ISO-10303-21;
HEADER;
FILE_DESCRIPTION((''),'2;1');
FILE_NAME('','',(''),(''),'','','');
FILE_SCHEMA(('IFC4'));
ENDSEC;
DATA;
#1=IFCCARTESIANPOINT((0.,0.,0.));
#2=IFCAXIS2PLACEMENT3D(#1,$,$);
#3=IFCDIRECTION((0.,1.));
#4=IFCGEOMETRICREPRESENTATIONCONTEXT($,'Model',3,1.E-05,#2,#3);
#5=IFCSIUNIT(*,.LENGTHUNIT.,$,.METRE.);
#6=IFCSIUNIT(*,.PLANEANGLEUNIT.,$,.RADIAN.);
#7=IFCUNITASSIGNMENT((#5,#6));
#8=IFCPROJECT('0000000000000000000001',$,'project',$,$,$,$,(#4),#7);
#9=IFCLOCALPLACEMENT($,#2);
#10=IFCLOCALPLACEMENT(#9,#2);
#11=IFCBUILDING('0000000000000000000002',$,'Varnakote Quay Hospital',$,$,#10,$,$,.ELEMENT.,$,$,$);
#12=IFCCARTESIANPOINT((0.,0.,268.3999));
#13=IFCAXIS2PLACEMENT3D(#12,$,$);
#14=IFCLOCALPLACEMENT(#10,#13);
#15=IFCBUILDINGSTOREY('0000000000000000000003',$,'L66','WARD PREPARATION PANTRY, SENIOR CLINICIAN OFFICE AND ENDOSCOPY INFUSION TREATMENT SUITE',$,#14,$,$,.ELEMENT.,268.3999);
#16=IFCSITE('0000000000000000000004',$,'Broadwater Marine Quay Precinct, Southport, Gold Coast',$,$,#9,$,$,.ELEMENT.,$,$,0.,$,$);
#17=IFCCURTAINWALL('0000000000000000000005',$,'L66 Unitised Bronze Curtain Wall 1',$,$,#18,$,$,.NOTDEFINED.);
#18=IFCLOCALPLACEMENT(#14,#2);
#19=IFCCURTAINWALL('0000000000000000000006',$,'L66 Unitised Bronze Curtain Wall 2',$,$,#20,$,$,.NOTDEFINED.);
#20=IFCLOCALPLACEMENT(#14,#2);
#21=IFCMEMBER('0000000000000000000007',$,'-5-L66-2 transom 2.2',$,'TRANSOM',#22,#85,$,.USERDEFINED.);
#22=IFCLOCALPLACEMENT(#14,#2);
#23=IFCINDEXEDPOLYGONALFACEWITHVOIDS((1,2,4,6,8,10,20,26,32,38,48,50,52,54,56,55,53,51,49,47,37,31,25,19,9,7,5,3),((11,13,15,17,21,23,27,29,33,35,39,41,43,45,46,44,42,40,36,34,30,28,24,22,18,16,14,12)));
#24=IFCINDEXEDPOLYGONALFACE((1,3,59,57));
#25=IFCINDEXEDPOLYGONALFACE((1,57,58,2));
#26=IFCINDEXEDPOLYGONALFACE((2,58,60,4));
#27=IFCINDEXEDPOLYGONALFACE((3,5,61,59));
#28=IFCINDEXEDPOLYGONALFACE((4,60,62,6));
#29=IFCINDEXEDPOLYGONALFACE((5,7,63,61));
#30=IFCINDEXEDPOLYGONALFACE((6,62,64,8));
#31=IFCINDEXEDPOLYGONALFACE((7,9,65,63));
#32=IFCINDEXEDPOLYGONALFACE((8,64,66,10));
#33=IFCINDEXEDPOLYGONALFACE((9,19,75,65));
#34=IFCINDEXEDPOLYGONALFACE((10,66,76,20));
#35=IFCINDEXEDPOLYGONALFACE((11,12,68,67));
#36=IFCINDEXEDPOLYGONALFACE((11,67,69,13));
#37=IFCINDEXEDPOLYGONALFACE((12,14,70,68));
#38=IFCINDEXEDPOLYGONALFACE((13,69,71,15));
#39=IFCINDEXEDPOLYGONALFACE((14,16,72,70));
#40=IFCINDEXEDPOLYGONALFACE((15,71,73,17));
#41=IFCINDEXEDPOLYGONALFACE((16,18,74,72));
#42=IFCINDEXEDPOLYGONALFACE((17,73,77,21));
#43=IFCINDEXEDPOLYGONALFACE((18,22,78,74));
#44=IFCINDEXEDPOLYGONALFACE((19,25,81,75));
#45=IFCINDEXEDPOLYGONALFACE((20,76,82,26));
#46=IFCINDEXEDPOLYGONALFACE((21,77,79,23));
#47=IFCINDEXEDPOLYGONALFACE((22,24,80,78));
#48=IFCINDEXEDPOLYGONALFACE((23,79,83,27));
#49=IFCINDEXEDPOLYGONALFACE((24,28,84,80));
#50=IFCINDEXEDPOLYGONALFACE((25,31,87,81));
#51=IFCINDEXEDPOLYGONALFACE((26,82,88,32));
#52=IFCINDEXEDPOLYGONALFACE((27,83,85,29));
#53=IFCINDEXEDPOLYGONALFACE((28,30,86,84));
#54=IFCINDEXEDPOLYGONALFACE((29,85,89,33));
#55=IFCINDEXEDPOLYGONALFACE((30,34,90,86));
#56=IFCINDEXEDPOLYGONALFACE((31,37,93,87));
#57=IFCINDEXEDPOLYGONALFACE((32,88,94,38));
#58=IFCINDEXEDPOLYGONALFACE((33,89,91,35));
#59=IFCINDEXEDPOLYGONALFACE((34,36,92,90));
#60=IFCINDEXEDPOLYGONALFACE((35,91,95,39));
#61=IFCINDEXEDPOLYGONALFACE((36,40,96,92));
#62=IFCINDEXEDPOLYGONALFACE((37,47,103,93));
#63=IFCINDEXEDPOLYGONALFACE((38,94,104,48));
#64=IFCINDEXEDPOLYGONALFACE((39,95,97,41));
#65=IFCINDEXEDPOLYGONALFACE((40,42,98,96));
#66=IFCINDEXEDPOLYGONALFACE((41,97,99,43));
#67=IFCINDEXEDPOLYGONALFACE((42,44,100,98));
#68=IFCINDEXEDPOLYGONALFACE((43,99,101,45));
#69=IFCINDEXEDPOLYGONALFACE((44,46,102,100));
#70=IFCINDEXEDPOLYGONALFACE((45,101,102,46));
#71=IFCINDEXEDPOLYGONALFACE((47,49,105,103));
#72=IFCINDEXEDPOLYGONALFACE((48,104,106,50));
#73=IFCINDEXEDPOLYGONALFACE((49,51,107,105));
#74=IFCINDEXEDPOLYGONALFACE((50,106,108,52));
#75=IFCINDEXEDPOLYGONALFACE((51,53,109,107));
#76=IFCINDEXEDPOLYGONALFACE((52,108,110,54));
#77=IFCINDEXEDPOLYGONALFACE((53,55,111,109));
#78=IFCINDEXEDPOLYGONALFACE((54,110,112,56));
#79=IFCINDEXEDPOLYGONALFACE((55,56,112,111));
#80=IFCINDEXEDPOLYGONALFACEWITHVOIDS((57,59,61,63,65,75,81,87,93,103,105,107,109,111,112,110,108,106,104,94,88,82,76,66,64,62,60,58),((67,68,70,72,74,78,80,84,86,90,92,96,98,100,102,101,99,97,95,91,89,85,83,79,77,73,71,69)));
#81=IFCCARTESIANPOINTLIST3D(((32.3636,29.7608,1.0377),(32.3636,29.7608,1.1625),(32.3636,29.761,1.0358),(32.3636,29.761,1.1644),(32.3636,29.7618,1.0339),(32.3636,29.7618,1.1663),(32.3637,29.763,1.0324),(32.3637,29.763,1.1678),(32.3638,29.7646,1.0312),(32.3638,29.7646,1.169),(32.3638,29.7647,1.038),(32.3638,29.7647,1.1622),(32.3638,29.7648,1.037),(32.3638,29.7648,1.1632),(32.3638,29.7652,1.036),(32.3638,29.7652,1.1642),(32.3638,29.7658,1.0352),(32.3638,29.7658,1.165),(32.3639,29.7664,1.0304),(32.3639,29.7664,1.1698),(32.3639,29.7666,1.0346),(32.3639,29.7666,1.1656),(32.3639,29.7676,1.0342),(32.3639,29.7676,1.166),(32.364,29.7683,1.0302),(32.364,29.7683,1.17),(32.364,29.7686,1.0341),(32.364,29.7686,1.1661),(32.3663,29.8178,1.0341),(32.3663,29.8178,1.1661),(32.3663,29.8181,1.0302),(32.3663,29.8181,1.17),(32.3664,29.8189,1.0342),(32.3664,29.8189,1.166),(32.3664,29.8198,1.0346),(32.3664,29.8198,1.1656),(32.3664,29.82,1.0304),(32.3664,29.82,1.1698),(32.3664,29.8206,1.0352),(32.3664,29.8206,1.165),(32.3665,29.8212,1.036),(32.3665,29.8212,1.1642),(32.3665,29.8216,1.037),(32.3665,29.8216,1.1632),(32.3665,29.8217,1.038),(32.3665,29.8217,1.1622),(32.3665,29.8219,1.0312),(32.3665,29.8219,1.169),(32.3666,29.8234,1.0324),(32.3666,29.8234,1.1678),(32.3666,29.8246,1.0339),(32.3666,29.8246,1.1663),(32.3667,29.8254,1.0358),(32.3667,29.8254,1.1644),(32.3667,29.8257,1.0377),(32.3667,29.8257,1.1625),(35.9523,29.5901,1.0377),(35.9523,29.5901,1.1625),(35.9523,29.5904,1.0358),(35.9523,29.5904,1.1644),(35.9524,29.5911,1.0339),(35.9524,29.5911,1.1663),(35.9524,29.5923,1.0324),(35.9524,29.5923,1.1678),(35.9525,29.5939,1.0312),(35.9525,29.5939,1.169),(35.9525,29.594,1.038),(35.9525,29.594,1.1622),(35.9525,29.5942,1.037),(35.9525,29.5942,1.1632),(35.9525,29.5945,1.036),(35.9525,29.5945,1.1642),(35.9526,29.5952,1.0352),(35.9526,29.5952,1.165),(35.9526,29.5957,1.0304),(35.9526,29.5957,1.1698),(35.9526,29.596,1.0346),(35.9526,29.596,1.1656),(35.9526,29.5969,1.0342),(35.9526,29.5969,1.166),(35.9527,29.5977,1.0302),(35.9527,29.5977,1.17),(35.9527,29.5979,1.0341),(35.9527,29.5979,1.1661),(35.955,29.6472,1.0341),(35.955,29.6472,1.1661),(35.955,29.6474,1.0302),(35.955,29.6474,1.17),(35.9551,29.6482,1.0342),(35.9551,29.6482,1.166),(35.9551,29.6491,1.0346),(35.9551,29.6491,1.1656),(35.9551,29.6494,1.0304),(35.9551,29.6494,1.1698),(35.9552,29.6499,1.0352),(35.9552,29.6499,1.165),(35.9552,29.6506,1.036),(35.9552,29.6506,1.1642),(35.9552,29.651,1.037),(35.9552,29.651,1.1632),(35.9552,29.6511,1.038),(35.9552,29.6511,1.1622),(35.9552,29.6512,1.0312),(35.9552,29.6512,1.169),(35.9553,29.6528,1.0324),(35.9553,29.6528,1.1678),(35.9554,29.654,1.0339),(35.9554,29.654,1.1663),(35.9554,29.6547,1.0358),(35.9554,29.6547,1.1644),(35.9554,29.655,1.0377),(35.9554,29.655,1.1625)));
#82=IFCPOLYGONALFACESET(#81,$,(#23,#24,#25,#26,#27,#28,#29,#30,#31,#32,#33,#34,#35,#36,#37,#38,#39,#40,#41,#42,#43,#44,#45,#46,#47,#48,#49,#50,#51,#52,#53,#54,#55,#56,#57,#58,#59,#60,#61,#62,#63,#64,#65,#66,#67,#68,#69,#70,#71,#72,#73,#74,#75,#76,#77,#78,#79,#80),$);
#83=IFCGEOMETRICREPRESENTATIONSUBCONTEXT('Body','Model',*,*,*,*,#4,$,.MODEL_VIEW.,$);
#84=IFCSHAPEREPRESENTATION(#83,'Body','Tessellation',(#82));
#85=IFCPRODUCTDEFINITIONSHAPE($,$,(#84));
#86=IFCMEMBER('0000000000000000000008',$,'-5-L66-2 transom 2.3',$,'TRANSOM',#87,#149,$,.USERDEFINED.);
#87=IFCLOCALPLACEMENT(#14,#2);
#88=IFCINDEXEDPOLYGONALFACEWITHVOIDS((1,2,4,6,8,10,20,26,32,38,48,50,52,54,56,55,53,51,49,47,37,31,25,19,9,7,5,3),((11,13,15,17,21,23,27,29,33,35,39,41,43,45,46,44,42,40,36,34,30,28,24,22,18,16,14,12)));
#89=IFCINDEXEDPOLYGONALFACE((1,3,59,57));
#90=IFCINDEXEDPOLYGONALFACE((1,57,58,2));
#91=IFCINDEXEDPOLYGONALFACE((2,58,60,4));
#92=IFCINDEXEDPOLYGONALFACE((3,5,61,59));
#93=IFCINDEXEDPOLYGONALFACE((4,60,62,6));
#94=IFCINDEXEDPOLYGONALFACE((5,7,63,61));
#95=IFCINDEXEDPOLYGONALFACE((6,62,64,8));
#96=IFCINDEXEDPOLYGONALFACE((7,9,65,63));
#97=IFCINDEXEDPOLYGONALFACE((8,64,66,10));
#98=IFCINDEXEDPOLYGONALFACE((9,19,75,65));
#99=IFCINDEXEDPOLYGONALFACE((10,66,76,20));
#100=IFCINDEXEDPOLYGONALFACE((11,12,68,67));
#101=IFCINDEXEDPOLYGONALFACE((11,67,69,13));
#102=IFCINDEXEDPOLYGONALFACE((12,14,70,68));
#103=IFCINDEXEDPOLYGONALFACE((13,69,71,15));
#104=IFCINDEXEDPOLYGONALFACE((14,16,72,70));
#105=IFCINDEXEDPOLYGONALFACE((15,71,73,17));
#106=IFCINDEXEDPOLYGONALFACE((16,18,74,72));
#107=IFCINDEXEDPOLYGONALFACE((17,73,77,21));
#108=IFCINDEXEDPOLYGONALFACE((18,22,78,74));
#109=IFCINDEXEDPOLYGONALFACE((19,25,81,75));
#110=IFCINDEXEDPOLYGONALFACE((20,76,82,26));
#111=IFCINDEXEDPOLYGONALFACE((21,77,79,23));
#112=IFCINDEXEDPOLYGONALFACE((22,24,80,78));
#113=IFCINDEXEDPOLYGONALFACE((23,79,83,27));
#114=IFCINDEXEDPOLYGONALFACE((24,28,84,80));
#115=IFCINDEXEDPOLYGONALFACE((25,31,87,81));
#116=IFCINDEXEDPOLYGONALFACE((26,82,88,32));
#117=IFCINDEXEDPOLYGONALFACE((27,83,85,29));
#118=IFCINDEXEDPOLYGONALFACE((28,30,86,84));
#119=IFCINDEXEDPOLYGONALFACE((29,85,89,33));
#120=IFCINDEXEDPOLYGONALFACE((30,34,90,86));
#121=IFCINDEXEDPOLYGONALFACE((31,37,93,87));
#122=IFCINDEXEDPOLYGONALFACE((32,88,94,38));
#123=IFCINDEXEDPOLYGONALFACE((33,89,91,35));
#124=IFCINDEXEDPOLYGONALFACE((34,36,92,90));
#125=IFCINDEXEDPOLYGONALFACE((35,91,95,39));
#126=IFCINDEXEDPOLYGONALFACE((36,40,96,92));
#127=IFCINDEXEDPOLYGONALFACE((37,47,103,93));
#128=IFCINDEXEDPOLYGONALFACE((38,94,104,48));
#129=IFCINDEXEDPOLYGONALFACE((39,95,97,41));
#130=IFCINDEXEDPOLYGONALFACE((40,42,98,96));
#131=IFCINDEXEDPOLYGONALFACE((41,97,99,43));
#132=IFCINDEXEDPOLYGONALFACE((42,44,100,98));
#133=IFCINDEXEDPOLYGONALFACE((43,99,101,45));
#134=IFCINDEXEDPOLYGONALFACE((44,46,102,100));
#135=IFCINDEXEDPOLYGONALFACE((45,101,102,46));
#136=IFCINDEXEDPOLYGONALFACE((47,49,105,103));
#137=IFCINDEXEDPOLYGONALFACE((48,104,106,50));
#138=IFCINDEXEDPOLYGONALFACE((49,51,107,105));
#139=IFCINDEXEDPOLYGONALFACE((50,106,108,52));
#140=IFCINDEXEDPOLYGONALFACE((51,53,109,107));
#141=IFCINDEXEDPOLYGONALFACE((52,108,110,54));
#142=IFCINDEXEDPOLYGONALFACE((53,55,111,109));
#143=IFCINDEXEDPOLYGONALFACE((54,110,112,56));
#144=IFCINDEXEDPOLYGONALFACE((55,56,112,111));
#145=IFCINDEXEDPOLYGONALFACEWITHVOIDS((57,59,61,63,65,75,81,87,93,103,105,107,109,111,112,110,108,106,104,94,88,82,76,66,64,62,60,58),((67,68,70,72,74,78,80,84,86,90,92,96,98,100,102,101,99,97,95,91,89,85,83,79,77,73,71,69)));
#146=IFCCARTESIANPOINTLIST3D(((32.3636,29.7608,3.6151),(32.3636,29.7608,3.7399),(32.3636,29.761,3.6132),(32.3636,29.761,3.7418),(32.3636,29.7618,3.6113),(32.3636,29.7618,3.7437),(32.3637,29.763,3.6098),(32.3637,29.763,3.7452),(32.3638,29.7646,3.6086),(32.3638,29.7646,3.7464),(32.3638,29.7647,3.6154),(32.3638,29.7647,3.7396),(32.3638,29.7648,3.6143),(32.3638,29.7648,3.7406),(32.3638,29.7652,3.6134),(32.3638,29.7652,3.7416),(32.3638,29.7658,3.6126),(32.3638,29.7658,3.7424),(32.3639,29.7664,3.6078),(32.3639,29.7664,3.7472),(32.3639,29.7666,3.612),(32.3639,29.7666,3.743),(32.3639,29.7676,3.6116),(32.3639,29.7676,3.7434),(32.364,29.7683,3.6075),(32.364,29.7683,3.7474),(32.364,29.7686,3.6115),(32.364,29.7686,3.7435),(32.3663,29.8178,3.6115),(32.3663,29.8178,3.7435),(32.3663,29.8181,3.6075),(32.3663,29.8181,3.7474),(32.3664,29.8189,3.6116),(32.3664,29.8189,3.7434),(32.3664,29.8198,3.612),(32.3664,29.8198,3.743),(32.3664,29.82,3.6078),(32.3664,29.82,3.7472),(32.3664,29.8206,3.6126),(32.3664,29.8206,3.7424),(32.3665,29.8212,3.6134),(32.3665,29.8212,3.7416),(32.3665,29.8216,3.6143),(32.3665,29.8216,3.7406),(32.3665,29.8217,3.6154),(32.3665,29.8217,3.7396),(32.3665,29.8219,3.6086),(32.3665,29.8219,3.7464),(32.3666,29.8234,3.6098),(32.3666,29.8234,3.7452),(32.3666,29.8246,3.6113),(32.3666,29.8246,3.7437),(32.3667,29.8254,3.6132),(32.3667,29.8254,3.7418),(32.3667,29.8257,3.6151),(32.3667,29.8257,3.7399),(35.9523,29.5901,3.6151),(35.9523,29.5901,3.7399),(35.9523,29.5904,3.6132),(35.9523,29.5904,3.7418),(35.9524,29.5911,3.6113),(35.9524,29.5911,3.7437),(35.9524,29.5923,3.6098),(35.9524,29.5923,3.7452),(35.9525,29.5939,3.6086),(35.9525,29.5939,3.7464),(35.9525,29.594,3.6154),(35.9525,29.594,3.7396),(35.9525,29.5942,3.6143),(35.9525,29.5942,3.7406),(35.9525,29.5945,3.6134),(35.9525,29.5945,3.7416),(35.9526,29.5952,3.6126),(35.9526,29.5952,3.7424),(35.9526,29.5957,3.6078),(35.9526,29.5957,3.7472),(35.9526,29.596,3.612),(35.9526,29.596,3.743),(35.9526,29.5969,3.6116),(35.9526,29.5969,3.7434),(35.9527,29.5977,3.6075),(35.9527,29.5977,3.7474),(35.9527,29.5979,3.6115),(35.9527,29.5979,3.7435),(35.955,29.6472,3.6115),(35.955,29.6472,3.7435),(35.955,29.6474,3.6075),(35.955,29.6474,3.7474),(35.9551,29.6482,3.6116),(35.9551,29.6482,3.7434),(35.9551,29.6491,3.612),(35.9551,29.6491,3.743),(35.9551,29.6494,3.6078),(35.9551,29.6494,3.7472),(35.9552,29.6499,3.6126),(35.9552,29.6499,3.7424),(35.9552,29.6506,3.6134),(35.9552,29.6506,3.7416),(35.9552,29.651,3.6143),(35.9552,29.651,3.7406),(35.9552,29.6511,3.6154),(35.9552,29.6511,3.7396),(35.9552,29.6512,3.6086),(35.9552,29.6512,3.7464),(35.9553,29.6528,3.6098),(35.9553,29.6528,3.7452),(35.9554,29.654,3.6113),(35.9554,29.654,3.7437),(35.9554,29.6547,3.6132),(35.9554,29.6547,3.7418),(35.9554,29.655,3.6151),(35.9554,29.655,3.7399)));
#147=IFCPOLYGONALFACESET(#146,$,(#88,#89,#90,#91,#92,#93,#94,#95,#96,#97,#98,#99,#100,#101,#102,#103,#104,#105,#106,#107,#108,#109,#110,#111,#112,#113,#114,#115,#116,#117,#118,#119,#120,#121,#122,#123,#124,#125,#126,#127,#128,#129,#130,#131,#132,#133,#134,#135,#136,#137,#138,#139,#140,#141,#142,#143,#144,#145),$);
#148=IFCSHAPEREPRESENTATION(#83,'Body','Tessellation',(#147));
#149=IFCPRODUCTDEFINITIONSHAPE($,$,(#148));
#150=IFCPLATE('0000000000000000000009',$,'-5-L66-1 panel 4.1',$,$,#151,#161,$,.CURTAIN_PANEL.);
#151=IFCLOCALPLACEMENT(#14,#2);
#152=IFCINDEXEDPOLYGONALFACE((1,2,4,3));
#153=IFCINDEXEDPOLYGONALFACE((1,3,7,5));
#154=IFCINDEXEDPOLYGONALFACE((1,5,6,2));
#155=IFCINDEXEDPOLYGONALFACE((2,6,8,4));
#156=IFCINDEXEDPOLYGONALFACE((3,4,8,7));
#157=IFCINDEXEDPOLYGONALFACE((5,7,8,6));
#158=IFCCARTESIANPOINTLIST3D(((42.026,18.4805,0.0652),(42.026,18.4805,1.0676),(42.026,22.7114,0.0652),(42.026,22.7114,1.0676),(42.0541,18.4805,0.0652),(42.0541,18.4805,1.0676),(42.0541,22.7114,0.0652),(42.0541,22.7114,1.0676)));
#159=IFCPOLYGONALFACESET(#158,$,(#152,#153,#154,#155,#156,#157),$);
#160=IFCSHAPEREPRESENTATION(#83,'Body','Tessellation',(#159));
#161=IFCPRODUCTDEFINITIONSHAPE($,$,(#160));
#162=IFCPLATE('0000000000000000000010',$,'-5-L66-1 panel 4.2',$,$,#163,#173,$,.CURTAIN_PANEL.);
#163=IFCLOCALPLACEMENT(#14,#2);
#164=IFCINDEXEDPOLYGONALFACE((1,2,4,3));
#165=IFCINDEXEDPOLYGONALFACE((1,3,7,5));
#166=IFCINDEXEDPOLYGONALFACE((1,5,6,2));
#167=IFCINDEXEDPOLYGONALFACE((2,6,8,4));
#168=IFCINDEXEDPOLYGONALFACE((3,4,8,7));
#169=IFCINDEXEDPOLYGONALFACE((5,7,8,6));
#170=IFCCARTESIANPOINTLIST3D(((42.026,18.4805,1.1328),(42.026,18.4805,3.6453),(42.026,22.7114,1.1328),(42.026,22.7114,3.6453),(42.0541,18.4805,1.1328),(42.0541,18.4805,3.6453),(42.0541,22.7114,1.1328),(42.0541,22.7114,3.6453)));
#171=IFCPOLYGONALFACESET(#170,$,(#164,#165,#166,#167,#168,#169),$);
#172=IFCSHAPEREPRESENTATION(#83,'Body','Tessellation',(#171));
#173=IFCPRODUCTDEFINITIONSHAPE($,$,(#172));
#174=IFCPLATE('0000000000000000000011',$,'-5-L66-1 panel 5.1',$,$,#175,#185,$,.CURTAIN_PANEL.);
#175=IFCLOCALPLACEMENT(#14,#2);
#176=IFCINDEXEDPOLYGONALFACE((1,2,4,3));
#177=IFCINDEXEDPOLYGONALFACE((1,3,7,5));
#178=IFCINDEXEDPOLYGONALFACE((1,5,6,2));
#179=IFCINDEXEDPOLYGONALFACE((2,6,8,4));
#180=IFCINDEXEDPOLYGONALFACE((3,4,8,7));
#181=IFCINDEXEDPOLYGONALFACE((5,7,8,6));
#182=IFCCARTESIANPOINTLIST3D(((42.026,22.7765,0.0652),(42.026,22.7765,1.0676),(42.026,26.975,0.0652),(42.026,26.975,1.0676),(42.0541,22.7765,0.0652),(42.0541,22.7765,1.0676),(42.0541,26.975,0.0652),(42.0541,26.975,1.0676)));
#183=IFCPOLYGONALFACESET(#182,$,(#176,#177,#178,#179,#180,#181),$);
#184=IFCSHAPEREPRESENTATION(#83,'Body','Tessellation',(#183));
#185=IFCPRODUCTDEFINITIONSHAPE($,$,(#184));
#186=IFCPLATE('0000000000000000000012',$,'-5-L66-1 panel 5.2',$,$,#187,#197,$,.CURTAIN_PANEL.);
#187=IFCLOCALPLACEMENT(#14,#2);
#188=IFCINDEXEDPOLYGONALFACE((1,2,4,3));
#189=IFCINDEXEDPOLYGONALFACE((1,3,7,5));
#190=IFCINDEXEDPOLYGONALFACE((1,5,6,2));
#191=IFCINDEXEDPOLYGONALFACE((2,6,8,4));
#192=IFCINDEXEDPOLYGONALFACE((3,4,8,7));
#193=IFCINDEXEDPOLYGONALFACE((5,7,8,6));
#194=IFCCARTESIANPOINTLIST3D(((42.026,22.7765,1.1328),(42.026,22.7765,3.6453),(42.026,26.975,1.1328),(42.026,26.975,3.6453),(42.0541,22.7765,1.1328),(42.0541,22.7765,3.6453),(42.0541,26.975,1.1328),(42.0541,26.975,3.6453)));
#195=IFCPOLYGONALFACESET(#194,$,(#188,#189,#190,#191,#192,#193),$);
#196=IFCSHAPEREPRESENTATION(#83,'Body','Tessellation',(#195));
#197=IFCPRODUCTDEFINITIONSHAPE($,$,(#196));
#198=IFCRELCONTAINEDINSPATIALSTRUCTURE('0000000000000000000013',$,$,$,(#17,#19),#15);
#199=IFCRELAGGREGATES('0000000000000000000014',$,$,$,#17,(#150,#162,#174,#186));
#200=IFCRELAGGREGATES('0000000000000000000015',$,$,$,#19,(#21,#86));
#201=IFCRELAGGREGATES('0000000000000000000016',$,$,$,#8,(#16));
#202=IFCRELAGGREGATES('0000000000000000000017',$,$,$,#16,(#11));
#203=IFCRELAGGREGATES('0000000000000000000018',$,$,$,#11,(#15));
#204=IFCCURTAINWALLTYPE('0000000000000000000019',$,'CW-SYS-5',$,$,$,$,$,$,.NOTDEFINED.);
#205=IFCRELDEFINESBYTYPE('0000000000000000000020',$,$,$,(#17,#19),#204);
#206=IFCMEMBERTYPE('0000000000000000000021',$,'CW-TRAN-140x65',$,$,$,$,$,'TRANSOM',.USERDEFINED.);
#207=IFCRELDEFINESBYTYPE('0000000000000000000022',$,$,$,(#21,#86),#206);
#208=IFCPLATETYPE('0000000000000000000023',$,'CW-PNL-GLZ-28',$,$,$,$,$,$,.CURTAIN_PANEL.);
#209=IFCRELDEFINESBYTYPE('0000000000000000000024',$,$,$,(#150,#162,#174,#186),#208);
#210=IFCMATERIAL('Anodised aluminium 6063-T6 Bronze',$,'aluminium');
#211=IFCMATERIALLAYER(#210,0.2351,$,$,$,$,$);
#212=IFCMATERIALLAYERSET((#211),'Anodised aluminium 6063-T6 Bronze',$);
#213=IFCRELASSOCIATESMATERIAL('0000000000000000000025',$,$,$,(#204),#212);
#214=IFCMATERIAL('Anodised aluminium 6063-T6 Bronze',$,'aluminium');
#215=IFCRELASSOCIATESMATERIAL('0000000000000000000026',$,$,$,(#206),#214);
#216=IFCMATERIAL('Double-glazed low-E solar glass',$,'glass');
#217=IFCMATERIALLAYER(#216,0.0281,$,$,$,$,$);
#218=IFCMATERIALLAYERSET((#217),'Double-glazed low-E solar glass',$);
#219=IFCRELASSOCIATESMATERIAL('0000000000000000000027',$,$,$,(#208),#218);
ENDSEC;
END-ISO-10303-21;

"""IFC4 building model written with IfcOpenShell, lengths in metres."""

from ifc_helpers import new_model, si_unit, direction, frame, origin, origin_2d, place, context, subcontext, project, spatial, rectangle, hollow_rectangle, extrude, material, layer, layer_set, material_profile, profile_set, type_object, element, aggregate, save


model = new_model("IFC4")

# Units and contexts
model_context = context("Model", 3, precision=1e-05, world=origin(), true_north=direction((0.0, 1.0)))
body_context = subcontext(model_context, "Body", "Model", "MODEL_VIEW")
ifc_project = project(units=[si_unit("LENGTHUNIT", "METRE"), si_unit("PLANEANGLEUNIT", "RADIAN")], contexts=[model_context])

# Site, building, storey
site_placement = place(None, origin())
site = spatial("IfcSite", under=ifc_project, at=site_placement, Name="Broadwater Marine Quay Precinct, Southport, Gold Coast", CompositionType="ELEMENT", RefElevation=0.0)
building_placement = place(site_placement, origin())
building = spatial("IfcBuilding", under=site, at=building_placement, Name="Varnakote Quay Hospital", CompositionType="ELEMENT")
storey_placement = place(building_placement, frame((0.0, 0.0, 268.3999)))
storey = spatial("IfcBuildingStorey", under=building, at=storey_placement, Name="L66", Description="WARD PREPARATION PANTRY, SENIOR CLINICIAN OFFICE AND ENDOSCOPY INFUSION TREATMENT SUITE", CompositionType="ELEMENT", Elevation=268.3999)

# Curtain walls
ifc_material_1 = material(Name="Anodised aluminium 6063-T6 Bronze", Category="aluminium")
ifc_layer_1 = layer(ifc_material_1, 0.2351)
ifc_layer_set_1 = layer_set([ifc_layer_1], Name="Anodised aluminium 6063-T6 Bronze")
curtain_wall_type = type_object("IfcCurtainWallType", Name="CW-SYS-5", PredefinedType="NOTDEFINED", material=ifc_layer_set_1)
curtain_wall_1_placement = place(storey_placement, origin())
curtain_wall_1 = element("IfcCurtainWall", 1, at=curtain_wall_1_placement, inside=storey, type_object=curtain_wall_type, Name="L66 Unitised Bronze Curtain Wall 1", PredefinedType="NOTDEFINED")
curtain_wall_2_placement = place(storey_placement, origin())
curtain_wall_2 = element("IfcCurtainWall", 2, at=curtain_wall_2_placement, inside=storey, type_object=curtain_wall_type, Name="L66 Unitised Bronze Curtain Wall 2", PredefinedType="NOTDEFINED")

# Members
ifc_material_2 = material(Name="Anodised aluminium 6063-T6 Bronze", Category="aluminium")
ifc_material_profile_1 = material_profile(ifc_material_2, hollow_rectangle(XDim=0.0649, YDim=0.1399, WallThickness=0.0039, InnerFilletRadius=0.0039, OuterFilletRadius=0.0076, at=origin_2d()), Name="CW-TRAN-140x65")
ifc_profile_set_1 = profile_set([ifc_material_profile_1], Name="Anodised aluminium 6063-T6 Bronze")
member_type_1 = type_object("IfcMemberType", Name="CW-TRAN-140x65", ElementType="TRANSOM", PredefinedType="USERDEFINED", material=ifc_profile_set_1)
member_1_placement = place(storey_placement, frame((35.9539, 29.6226, 1.1001), z_axis=(-0.998871, 0.047501, 0.0), x_axis=(-0.047501, -0.998871, 0.0)))
member_1 = element("IfcMember", 3, at=member_1_placement, type_object=member_type_1, Name="-5-L66-2 transom 2.2", ObjectType="TRANSOM", PredefinedType="USERDEFINED", context=body_context, shape_type="SweptSolid", body=[
    extrude(hollow_rectangle(XDim=0.0649, YDim=0.1399, WallThickness=0.0039, InnerFilletRadius=0.0039, OuterFilletRadius=0.0076, at=origin_2d()), origin(), (0.0, 0.0, 1.0), 3.5928),
])
member_2_placement = place(storey_placement, frame((35.9539, 29.6226, 3.6775), z_axis=(-0.998871, 0.047501, 0.0), x_axis=(-0.047501, -0.998871, 0.0)))
member_2 = element("IfcMember", 4, at=member_2_placement, type_object=member_type_1, Name="-5-L66-2 transom 2.3", ObjectType="TRANSOM", PredefinedType="USERDEFINED", context=body_context, shape_type="SweptSolid", body=[
    extrude(hollow_rectangle(XDim=0.0649, YDim=0.1399, WallThickness=0.0039, InnerFilletRadius=0.0039, OuterFilletRadius=0.0076, at=origin_2d()), origin(), (0.0, 0.0, 1.0), 3.5928),
])

# Plates
ifc_material_3 = material(Name="Double-glazed low-E solar glass", Category="glass")
ifc_layer_2 = layer(ifc_material_3, 0.0281)
ifc_layer_set_2 = layer_set([ifc_layer_2], Name="Double-glazed low-E solar glass")
plate_type = type_object("IfcPlateType", Name="CW-PNL-GLZ-28", PredefinedType="CURTAIN_PANEL", material=ifc_layer_set_2)
plate_1_placement = place(storey_placement, frame((42.04, 20.5959, 0.0652), z_axis=(0.0, 0.0, 1.0), x_axis=(0.0, 1.0, 0.0)))
plate_1 = element("IfcPlate", 5, at=plate_1_placement, type_object=plate_type, Name="-5-L66-1 panel 4.1", PredefinedType="CURTAIN_PANEL", context=body_context, shape_type="SweptSolid", body=[
    extrude(rectangle(XDim=4.231, YDim=0.0281, at=origin_2d()), origin(), (0.0, 0.0, 1.0), 1.0024),
])
plate_2_placement = place(storey_placement, frame((42.04, 20.5959, 1.1328), z_axis=(0.0, 0.0, 1.0), x_axis=(0.0, 1.0, 0.0)))
plate_2 = element("IfcPlate", 6, at=plate_2_placement, type_object=plate_type, Name="-5-L66-1 panel 4.2", PredefinedType="CURTAIN_PANEL", context=body_context, shape_type="SweptSolid", body=[
    extrude(rectangle(XDim=4.231, YDim=0.0281, at=origin_2d()), origin(), (0.0, 0.0, 1.0), 2.5125),
])
plate_3_placement = place(storey_placement, frame((42.04, 24.8757, 0.0652), z_axis=(0.0, 0.0, 1.0), x_axis=(0.0, 1.0, 0.0)))
plate_3 = element("IfcPlate", 7, at=plate_3_placement, type_object=plate_type, Name="-5-L66-1 panel 5.1", PredefinedType="CURTAIN_PANEL", context=body_context, shape_type="SweptSolid", body=[
    extrude(rectangle(XDim=4.1985, YDim=0.0281, at=origin_2d()), origin(), (0.0, 0.0, 1.0), 1.0024),
])
plate_4_placement = place(storey_placement, frame((42.04, 24.8757, 1.1328), z_axis=(0.0, 0.0, 1.0), x_axis=(0.0, 1.0, 0.0)))
plate_4 = element("IfcPlate", 8, at=plate_4_placement, type_object=plate_type, Name="-5-L66-1 panel 5.2", PredefinedType="CURTAIN_PANEL", context=body_context, shape_type="SweptSolid", body=[
    extrude(rectangle(XDim=4.1985, YDim=0.0281, at=origin_2d()), origin(), (0.0, 0.0, 1.0), 2.5125),
])
aggregate(curtain_wall_1, [plate_1, plate_2, plate_3, plate_4])
aggregate(curtain_wall_2, [member_1, member_2])

save(model, "model.ifc")
